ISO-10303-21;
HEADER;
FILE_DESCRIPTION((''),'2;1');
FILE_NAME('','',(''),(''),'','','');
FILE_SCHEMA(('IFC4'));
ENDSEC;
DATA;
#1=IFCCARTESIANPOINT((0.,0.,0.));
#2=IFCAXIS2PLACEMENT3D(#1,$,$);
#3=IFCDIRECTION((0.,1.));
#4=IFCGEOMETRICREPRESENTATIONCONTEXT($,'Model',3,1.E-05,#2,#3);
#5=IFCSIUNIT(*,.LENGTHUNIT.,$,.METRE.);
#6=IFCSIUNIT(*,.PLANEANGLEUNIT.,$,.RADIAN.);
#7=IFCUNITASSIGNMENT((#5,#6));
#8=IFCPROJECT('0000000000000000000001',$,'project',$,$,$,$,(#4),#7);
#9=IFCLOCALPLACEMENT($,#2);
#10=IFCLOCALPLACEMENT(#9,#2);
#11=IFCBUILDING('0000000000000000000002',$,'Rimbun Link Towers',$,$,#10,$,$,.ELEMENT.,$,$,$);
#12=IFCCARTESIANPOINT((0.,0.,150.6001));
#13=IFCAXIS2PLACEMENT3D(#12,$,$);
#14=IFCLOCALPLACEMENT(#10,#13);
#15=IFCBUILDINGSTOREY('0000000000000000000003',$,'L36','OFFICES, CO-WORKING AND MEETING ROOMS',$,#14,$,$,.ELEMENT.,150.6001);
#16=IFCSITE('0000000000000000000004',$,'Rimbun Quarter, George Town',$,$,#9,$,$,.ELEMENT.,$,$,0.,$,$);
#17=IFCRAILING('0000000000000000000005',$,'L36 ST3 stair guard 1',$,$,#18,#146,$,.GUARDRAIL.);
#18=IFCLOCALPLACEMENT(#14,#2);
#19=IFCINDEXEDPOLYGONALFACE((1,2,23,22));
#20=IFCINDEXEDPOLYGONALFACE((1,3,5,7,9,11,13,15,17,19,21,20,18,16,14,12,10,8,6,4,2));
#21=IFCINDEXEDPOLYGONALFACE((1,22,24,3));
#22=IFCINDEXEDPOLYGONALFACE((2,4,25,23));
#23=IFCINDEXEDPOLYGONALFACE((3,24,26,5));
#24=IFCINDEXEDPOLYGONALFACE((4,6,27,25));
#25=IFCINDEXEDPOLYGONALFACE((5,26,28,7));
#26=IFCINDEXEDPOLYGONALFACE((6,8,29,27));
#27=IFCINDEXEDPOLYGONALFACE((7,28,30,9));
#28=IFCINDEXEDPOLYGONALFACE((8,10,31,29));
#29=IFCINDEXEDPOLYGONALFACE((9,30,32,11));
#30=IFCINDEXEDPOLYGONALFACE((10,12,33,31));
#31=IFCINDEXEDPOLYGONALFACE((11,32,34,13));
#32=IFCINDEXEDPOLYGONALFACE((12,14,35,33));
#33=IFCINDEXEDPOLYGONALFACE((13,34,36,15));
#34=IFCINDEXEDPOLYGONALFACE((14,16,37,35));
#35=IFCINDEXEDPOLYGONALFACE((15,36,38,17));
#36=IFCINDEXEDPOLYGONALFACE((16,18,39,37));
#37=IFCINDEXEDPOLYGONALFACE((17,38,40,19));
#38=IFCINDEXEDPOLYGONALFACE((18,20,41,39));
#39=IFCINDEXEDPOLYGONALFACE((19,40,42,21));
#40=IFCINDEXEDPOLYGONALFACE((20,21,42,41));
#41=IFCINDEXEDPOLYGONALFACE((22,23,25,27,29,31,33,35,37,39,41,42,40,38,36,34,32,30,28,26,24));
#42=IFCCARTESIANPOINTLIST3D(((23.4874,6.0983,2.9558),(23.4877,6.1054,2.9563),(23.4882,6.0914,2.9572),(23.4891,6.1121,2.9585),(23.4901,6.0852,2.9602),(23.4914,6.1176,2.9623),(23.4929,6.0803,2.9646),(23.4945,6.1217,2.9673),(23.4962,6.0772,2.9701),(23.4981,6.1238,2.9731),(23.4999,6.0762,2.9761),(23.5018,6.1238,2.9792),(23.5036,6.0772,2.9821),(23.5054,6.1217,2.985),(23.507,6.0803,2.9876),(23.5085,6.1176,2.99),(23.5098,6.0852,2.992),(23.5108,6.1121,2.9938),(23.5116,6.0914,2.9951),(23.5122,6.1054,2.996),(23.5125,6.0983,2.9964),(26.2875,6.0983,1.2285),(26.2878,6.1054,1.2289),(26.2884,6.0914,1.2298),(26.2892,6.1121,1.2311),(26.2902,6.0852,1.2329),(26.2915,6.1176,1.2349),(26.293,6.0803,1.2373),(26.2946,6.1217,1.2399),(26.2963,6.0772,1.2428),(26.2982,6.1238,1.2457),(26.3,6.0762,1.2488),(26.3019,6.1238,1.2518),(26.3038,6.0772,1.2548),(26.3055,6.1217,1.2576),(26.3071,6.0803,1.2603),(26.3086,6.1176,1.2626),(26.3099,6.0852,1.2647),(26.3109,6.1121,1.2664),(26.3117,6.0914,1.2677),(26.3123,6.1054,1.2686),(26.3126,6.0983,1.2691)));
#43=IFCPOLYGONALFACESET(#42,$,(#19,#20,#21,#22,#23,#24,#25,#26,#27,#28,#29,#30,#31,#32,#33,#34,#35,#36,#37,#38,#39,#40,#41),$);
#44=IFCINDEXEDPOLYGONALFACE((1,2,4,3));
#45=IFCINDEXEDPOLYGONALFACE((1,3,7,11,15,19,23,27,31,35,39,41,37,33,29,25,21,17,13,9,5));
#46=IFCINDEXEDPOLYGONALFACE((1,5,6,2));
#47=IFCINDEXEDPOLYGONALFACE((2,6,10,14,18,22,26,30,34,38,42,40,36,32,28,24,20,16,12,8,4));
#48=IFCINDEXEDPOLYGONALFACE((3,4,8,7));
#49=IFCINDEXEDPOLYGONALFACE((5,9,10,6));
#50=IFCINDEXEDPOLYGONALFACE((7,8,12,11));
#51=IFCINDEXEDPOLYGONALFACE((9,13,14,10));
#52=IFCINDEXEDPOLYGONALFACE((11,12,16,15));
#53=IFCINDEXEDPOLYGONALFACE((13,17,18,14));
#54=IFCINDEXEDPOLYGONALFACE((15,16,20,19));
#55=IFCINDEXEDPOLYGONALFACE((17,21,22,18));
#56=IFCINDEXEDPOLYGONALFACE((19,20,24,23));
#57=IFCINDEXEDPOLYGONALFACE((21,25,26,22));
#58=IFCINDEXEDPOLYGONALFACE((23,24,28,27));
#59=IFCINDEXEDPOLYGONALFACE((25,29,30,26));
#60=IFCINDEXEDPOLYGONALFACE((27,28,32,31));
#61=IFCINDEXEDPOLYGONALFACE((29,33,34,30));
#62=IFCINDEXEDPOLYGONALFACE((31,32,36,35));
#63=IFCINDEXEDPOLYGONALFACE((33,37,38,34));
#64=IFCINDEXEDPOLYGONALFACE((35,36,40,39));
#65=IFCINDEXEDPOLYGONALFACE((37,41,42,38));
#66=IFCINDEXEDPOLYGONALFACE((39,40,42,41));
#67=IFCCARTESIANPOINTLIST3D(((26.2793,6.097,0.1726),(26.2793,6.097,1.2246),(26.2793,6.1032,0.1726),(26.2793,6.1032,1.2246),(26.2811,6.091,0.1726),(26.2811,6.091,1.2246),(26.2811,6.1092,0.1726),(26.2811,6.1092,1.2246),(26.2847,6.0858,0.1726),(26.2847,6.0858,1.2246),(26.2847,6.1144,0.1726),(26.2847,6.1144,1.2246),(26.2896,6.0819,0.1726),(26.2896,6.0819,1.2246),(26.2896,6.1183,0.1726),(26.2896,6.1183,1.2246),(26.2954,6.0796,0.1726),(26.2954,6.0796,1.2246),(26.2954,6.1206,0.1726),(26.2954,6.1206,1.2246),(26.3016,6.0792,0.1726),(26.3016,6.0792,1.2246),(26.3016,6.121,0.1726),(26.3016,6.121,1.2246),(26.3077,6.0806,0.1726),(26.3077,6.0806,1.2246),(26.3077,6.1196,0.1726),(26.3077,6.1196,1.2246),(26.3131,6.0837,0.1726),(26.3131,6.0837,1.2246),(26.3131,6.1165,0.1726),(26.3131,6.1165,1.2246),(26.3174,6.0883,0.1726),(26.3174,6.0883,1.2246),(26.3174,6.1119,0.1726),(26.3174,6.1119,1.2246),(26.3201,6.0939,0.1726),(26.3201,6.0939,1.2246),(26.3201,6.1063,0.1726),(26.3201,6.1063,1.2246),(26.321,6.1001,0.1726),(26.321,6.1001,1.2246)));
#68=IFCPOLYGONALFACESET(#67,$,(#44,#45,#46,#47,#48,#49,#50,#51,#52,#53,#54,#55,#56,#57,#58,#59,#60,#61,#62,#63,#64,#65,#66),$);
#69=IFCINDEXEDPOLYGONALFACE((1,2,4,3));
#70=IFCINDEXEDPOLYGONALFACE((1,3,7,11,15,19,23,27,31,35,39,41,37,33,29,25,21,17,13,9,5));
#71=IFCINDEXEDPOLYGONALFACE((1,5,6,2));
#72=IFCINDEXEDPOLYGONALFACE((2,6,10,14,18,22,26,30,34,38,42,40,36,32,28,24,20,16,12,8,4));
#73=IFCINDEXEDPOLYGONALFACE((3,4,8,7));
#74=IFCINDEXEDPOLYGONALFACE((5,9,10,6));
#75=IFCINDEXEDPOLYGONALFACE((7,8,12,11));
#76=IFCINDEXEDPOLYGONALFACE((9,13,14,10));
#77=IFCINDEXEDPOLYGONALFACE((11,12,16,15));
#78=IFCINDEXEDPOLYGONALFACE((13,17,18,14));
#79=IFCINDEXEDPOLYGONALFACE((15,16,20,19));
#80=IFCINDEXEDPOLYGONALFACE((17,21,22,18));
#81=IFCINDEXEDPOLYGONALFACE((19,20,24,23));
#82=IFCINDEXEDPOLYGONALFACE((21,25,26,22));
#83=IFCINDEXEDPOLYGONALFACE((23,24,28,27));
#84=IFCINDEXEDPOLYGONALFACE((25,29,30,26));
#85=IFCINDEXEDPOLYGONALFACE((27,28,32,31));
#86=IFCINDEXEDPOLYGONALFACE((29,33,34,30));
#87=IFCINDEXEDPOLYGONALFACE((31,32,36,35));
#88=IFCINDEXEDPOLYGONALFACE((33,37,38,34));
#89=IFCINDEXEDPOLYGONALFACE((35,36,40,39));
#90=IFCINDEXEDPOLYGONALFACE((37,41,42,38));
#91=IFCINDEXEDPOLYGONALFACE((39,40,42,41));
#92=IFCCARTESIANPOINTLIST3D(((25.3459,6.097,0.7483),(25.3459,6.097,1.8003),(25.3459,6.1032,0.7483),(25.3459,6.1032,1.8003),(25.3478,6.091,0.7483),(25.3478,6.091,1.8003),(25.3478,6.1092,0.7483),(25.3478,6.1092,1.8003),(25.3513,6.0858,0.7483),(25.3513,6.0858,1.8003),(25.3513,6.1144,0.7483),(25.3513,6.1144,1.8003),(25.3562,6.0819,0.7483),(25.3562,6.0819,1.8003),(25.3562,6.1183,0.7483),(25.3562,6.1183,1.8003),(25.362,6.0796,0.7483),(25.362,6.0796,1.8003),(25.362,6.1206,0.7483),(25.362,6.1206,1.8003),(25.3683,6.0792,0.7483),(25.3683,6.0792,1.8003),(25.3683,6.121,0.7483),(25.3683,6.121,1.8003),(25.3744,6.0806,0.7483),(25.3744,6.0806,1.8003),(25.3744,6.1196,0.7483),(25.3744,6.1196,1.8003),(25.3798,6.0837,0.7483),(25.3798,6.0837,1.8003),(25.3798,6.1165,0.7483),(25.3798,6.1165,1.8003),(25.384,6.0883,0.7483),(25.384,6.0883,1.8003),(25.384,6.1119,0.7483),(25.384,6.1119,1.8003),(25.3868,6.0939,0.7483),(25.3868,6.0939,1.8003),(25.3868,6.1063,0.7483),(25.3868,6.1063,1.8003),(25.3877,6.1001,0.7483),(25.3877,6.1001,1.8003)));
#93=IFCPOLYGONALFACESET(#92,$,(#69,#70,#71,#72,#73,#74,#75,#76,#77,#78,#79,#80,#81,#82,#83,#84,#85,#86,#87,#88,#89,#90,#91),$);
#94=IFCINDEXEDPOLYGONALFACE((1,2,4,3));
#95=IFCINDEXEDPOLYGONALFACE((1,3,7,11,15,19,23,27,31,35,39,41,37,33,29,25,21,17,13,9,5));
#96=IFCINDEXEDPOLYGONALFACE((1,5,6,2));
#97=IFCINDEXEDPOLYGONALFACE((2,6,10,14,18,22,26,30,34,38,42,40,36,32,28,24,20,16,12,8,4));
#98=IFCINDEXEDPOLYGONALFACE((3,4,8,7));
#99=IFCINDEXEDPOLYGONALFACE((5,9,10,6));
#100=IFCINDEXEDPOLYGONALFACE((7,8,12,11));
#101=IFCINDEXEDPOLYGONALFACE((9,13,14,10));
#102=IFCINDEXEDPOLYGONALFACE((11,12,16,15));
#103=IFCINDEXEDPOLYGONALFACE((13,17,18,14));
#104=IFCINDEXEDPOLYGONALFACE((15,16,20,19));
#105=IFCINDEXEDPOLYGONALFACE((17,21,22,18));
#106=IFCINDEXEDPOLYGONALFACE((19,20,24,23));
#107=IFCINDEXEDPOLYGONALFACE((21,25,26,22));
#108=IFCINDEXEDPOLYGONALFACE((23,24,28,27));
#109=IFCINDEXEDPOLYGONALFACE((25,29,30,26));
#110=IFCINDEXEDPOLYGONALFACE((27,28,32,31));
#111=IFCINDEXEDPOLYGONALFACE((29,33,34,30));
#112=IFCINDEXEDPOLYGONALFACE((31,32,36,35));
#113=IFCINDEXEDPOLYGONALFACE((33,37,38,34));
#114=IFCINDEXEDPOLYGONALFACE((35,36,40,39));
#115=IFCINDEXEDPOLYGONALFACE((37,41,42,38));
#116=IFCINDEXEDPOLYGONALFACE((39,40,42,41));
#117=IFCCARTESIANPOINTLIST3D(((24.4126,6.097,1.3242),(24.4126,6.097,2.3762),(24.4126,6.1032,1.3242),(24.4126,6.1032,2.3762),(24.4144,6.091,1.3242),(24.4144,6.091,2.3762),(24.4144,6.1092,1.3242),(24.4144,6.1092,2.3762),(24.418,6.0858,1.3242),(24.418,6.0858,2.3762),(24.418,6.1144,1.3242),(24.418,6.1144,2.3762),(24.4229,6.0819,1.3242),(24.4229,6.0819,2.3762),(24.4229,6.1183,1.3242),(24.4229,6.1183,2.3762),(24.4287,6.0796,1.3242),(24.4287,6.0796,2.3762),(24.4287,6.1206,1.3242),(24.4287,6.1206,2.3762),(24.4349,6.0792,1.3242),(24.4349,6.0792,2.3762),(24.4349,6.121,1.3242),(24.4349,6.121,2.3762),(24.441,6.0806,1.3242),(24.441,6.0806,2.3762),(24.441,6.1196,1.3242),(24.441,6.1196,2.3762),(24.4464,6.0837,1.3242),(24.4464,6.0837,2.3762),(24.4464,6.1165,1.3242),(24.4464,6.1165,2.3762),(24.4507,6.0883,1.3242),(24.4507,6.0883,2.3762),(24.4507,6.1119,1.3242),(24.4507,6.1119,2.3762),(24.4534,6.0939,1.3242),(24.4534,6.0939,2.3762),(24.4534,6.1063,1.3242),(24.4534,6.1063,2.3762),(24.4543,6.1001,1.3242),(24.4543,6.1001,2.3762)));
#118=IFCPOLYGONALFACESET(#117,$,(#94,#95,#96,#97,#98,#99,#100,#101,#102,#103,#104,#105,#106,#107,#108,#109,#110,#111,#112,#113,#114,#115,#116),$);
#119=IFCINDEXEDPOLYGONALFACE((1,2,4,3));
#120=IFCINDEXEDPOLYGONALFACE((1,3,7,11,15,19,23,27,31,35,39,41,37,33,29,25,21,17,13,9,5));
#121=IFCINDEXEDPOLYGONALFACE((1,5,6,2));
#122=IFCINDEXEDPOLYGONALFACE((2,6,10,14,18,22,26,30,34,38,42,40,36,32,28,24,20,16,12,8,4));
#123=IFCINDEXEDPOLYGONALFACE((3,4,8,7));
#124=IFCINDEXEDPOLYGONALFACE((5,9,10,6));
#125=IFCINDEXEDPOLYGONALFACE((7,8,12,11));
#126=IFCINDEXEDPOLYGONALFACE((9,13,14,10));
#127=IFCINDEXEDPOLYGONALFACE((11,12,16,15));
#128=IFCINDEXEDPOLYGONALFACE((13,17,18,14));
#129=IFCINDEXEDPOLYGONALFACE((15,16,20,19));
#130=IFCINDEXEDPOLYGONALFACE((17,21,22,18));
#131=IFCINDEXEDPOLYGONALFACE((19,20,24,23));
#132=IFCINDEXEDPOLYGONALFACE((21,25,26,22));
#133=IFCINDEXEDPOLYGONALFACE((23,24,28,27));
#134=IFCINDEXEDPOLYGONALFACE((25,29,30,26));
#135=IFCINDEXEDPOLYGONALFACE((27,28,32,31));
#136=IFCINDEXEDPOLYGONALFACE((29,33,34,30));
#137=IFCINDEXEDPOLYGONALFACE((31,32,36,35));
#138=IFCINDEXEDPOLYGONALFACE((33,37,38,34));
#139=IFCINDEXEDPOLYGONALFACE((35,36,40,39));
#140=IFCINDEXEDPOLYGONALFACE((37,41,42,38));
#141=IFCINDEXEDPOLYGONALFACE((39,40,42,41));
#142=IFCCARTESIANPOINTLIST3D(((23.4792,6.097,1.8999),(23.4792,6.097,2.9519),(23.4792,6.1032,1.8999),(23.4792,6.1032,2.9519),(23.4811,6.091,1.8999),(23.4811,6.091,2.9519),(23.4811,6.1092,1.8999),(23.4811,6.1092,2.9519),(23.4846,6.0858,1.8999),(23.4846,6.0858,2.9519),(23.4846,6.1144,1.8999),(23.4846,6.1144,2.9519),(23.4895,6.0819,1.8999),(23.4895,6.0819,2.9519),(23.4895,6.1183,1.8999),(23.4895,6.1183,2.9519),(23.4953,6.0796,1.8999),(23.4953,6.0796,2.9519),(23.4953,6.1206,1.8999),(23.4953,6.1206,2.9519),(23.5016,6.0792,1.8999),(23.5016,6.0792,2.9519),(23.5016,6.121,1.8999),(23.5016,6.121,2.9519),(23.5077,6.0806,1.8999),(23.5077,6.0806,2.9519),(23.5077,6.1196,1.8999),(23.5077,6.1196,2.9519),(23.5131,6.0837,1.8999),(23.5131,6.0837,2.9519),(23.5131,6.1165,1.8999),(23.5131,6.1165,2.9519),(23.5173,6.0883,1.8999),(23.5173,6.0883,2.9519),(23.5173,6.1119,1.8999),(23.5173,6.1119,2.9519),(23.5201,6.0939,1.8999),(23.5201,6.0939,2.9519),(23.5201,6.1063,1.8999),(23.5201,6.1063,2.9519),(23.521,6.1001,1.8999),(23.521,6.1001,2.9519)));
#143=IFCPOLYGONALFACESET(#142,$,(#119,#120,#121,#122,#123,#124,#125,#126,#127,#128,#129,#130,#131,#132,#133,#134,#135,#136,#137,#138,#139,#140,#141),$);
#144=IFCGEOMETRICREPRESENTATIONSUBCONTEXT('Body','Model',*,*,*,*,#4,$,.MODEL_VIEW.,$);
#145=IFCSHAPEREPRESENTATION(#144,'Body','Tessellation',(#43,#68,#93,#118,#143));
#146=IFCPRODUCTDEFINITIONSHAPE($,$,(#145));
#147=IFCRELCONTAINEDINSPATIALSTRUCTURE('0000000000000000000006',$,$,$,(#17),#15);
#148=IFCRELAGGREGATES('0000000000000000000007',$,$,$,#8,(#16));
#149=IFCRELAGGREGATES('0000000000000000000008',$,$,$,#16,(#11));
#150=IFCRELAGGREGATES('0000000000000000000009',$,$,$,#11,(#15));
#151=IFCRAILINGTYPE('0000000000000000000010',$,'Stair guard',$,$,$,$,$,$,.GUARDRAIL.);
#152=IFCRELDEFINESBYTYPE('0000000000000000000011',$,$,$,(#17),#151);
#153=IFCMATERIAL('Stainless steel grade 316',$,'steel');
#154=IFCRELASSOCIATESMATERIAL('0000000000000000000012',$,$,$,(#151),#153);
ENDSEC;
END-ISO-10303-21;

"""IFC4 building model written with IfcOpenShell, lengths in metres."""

from ifc_helpers import new_model, si_unit, direction, frame, origin, origin_2d, place, context, subcontext, project, spatial, circle, extrude, material, type_object, element, save


model = new_model("IFC4")

# Units and contexts
model_context = context("Model", 3, precision=1e-05, world=origin(), true_north=direction((0.0, 1.0)))
body_context = subcontext(model_context, "Body", "Model", "MODEL_VIEW")
ifc_project = project(units=[si_unit("LENGTHUNIT", "METRE"), si_unit("PLANEANGLEUNIT", "RADIAN")], contexts=[model_context])

# Site, building, storey
site_placement = place(None, origin())
site = spatial("IfcSite", under=ifc_project, at=site_placement, Name="Rimbun Quarter, George Town", CompositionType="ELEMENT", RefElevation=0.0)
building_placement = place(site_placement, origin())
building = spatial("IfcBuilding", under=site, at=building_placement, Name="Rimbun Link Towers", CompositionType="ELEMENT")
storey_placement = place(building_placement, frame((0.0, 0.0, 150.6001)))
storey = spatial("IfcBuildingStorey", under=building, at=storey_placement, Name="L36", Description="OFFICES, CO-WORKING AND MEETING ROOMS", CompositionType="ELEMENT", Elevation=150.6001)

# Railing
ifc_material_1 = material(Name="Stainless steel grade 316", Category="steel")
railing_type_1 = type_object("IfcRailingType", Name="Stair guard", PredefinedType="GUARDRAIL", material=ifc_material_1)
railing_1_placement = place(storey_placement, frame((26.3, 6.1001, 0.1726)))
element("IfcRailing", 1, at=railing_1_placement, inside=storey, type_object=railing_type_1, Name="L36 ST3 stair guard 1", PredefinedType="GUARDRAIL", context=body_context, shape_type="SweptSolid", body=[
    extrude(circle(Radius=0.0239, at=origin_2d()), frame((0.0, 0.0, 1.0762), z_axis=(-0.85109, 0.0, 0.52502), x_axis=(0.0, -1.0, 0.0)), (0.0, 0.0, 1.0), 3.29),
    extrude(circle(Radius=0.021, at=origin_2d()), origin(), (0.0, 0.0, 1.0), 1.052),
    extrude(circle(Radius=0.021, at=origin_2d()), frame((-0.9333, 0.0, 0.5757)), (0.0, 0.0, 1.0), 1.052),
    extrude(circle(Radius=0.021, at=origin_2d()), frame((-1.8667, 0.0, 1.1516)), (0.0, 0.0, 1.0), 1.052),
    extrude(circle(Radius=0.021, at=origin_2d()), frame((-2.8, 0.0, 1.7273)), (0.0, 0.0, 1.0), 1.052),
])

save(model, "model.ifc")
